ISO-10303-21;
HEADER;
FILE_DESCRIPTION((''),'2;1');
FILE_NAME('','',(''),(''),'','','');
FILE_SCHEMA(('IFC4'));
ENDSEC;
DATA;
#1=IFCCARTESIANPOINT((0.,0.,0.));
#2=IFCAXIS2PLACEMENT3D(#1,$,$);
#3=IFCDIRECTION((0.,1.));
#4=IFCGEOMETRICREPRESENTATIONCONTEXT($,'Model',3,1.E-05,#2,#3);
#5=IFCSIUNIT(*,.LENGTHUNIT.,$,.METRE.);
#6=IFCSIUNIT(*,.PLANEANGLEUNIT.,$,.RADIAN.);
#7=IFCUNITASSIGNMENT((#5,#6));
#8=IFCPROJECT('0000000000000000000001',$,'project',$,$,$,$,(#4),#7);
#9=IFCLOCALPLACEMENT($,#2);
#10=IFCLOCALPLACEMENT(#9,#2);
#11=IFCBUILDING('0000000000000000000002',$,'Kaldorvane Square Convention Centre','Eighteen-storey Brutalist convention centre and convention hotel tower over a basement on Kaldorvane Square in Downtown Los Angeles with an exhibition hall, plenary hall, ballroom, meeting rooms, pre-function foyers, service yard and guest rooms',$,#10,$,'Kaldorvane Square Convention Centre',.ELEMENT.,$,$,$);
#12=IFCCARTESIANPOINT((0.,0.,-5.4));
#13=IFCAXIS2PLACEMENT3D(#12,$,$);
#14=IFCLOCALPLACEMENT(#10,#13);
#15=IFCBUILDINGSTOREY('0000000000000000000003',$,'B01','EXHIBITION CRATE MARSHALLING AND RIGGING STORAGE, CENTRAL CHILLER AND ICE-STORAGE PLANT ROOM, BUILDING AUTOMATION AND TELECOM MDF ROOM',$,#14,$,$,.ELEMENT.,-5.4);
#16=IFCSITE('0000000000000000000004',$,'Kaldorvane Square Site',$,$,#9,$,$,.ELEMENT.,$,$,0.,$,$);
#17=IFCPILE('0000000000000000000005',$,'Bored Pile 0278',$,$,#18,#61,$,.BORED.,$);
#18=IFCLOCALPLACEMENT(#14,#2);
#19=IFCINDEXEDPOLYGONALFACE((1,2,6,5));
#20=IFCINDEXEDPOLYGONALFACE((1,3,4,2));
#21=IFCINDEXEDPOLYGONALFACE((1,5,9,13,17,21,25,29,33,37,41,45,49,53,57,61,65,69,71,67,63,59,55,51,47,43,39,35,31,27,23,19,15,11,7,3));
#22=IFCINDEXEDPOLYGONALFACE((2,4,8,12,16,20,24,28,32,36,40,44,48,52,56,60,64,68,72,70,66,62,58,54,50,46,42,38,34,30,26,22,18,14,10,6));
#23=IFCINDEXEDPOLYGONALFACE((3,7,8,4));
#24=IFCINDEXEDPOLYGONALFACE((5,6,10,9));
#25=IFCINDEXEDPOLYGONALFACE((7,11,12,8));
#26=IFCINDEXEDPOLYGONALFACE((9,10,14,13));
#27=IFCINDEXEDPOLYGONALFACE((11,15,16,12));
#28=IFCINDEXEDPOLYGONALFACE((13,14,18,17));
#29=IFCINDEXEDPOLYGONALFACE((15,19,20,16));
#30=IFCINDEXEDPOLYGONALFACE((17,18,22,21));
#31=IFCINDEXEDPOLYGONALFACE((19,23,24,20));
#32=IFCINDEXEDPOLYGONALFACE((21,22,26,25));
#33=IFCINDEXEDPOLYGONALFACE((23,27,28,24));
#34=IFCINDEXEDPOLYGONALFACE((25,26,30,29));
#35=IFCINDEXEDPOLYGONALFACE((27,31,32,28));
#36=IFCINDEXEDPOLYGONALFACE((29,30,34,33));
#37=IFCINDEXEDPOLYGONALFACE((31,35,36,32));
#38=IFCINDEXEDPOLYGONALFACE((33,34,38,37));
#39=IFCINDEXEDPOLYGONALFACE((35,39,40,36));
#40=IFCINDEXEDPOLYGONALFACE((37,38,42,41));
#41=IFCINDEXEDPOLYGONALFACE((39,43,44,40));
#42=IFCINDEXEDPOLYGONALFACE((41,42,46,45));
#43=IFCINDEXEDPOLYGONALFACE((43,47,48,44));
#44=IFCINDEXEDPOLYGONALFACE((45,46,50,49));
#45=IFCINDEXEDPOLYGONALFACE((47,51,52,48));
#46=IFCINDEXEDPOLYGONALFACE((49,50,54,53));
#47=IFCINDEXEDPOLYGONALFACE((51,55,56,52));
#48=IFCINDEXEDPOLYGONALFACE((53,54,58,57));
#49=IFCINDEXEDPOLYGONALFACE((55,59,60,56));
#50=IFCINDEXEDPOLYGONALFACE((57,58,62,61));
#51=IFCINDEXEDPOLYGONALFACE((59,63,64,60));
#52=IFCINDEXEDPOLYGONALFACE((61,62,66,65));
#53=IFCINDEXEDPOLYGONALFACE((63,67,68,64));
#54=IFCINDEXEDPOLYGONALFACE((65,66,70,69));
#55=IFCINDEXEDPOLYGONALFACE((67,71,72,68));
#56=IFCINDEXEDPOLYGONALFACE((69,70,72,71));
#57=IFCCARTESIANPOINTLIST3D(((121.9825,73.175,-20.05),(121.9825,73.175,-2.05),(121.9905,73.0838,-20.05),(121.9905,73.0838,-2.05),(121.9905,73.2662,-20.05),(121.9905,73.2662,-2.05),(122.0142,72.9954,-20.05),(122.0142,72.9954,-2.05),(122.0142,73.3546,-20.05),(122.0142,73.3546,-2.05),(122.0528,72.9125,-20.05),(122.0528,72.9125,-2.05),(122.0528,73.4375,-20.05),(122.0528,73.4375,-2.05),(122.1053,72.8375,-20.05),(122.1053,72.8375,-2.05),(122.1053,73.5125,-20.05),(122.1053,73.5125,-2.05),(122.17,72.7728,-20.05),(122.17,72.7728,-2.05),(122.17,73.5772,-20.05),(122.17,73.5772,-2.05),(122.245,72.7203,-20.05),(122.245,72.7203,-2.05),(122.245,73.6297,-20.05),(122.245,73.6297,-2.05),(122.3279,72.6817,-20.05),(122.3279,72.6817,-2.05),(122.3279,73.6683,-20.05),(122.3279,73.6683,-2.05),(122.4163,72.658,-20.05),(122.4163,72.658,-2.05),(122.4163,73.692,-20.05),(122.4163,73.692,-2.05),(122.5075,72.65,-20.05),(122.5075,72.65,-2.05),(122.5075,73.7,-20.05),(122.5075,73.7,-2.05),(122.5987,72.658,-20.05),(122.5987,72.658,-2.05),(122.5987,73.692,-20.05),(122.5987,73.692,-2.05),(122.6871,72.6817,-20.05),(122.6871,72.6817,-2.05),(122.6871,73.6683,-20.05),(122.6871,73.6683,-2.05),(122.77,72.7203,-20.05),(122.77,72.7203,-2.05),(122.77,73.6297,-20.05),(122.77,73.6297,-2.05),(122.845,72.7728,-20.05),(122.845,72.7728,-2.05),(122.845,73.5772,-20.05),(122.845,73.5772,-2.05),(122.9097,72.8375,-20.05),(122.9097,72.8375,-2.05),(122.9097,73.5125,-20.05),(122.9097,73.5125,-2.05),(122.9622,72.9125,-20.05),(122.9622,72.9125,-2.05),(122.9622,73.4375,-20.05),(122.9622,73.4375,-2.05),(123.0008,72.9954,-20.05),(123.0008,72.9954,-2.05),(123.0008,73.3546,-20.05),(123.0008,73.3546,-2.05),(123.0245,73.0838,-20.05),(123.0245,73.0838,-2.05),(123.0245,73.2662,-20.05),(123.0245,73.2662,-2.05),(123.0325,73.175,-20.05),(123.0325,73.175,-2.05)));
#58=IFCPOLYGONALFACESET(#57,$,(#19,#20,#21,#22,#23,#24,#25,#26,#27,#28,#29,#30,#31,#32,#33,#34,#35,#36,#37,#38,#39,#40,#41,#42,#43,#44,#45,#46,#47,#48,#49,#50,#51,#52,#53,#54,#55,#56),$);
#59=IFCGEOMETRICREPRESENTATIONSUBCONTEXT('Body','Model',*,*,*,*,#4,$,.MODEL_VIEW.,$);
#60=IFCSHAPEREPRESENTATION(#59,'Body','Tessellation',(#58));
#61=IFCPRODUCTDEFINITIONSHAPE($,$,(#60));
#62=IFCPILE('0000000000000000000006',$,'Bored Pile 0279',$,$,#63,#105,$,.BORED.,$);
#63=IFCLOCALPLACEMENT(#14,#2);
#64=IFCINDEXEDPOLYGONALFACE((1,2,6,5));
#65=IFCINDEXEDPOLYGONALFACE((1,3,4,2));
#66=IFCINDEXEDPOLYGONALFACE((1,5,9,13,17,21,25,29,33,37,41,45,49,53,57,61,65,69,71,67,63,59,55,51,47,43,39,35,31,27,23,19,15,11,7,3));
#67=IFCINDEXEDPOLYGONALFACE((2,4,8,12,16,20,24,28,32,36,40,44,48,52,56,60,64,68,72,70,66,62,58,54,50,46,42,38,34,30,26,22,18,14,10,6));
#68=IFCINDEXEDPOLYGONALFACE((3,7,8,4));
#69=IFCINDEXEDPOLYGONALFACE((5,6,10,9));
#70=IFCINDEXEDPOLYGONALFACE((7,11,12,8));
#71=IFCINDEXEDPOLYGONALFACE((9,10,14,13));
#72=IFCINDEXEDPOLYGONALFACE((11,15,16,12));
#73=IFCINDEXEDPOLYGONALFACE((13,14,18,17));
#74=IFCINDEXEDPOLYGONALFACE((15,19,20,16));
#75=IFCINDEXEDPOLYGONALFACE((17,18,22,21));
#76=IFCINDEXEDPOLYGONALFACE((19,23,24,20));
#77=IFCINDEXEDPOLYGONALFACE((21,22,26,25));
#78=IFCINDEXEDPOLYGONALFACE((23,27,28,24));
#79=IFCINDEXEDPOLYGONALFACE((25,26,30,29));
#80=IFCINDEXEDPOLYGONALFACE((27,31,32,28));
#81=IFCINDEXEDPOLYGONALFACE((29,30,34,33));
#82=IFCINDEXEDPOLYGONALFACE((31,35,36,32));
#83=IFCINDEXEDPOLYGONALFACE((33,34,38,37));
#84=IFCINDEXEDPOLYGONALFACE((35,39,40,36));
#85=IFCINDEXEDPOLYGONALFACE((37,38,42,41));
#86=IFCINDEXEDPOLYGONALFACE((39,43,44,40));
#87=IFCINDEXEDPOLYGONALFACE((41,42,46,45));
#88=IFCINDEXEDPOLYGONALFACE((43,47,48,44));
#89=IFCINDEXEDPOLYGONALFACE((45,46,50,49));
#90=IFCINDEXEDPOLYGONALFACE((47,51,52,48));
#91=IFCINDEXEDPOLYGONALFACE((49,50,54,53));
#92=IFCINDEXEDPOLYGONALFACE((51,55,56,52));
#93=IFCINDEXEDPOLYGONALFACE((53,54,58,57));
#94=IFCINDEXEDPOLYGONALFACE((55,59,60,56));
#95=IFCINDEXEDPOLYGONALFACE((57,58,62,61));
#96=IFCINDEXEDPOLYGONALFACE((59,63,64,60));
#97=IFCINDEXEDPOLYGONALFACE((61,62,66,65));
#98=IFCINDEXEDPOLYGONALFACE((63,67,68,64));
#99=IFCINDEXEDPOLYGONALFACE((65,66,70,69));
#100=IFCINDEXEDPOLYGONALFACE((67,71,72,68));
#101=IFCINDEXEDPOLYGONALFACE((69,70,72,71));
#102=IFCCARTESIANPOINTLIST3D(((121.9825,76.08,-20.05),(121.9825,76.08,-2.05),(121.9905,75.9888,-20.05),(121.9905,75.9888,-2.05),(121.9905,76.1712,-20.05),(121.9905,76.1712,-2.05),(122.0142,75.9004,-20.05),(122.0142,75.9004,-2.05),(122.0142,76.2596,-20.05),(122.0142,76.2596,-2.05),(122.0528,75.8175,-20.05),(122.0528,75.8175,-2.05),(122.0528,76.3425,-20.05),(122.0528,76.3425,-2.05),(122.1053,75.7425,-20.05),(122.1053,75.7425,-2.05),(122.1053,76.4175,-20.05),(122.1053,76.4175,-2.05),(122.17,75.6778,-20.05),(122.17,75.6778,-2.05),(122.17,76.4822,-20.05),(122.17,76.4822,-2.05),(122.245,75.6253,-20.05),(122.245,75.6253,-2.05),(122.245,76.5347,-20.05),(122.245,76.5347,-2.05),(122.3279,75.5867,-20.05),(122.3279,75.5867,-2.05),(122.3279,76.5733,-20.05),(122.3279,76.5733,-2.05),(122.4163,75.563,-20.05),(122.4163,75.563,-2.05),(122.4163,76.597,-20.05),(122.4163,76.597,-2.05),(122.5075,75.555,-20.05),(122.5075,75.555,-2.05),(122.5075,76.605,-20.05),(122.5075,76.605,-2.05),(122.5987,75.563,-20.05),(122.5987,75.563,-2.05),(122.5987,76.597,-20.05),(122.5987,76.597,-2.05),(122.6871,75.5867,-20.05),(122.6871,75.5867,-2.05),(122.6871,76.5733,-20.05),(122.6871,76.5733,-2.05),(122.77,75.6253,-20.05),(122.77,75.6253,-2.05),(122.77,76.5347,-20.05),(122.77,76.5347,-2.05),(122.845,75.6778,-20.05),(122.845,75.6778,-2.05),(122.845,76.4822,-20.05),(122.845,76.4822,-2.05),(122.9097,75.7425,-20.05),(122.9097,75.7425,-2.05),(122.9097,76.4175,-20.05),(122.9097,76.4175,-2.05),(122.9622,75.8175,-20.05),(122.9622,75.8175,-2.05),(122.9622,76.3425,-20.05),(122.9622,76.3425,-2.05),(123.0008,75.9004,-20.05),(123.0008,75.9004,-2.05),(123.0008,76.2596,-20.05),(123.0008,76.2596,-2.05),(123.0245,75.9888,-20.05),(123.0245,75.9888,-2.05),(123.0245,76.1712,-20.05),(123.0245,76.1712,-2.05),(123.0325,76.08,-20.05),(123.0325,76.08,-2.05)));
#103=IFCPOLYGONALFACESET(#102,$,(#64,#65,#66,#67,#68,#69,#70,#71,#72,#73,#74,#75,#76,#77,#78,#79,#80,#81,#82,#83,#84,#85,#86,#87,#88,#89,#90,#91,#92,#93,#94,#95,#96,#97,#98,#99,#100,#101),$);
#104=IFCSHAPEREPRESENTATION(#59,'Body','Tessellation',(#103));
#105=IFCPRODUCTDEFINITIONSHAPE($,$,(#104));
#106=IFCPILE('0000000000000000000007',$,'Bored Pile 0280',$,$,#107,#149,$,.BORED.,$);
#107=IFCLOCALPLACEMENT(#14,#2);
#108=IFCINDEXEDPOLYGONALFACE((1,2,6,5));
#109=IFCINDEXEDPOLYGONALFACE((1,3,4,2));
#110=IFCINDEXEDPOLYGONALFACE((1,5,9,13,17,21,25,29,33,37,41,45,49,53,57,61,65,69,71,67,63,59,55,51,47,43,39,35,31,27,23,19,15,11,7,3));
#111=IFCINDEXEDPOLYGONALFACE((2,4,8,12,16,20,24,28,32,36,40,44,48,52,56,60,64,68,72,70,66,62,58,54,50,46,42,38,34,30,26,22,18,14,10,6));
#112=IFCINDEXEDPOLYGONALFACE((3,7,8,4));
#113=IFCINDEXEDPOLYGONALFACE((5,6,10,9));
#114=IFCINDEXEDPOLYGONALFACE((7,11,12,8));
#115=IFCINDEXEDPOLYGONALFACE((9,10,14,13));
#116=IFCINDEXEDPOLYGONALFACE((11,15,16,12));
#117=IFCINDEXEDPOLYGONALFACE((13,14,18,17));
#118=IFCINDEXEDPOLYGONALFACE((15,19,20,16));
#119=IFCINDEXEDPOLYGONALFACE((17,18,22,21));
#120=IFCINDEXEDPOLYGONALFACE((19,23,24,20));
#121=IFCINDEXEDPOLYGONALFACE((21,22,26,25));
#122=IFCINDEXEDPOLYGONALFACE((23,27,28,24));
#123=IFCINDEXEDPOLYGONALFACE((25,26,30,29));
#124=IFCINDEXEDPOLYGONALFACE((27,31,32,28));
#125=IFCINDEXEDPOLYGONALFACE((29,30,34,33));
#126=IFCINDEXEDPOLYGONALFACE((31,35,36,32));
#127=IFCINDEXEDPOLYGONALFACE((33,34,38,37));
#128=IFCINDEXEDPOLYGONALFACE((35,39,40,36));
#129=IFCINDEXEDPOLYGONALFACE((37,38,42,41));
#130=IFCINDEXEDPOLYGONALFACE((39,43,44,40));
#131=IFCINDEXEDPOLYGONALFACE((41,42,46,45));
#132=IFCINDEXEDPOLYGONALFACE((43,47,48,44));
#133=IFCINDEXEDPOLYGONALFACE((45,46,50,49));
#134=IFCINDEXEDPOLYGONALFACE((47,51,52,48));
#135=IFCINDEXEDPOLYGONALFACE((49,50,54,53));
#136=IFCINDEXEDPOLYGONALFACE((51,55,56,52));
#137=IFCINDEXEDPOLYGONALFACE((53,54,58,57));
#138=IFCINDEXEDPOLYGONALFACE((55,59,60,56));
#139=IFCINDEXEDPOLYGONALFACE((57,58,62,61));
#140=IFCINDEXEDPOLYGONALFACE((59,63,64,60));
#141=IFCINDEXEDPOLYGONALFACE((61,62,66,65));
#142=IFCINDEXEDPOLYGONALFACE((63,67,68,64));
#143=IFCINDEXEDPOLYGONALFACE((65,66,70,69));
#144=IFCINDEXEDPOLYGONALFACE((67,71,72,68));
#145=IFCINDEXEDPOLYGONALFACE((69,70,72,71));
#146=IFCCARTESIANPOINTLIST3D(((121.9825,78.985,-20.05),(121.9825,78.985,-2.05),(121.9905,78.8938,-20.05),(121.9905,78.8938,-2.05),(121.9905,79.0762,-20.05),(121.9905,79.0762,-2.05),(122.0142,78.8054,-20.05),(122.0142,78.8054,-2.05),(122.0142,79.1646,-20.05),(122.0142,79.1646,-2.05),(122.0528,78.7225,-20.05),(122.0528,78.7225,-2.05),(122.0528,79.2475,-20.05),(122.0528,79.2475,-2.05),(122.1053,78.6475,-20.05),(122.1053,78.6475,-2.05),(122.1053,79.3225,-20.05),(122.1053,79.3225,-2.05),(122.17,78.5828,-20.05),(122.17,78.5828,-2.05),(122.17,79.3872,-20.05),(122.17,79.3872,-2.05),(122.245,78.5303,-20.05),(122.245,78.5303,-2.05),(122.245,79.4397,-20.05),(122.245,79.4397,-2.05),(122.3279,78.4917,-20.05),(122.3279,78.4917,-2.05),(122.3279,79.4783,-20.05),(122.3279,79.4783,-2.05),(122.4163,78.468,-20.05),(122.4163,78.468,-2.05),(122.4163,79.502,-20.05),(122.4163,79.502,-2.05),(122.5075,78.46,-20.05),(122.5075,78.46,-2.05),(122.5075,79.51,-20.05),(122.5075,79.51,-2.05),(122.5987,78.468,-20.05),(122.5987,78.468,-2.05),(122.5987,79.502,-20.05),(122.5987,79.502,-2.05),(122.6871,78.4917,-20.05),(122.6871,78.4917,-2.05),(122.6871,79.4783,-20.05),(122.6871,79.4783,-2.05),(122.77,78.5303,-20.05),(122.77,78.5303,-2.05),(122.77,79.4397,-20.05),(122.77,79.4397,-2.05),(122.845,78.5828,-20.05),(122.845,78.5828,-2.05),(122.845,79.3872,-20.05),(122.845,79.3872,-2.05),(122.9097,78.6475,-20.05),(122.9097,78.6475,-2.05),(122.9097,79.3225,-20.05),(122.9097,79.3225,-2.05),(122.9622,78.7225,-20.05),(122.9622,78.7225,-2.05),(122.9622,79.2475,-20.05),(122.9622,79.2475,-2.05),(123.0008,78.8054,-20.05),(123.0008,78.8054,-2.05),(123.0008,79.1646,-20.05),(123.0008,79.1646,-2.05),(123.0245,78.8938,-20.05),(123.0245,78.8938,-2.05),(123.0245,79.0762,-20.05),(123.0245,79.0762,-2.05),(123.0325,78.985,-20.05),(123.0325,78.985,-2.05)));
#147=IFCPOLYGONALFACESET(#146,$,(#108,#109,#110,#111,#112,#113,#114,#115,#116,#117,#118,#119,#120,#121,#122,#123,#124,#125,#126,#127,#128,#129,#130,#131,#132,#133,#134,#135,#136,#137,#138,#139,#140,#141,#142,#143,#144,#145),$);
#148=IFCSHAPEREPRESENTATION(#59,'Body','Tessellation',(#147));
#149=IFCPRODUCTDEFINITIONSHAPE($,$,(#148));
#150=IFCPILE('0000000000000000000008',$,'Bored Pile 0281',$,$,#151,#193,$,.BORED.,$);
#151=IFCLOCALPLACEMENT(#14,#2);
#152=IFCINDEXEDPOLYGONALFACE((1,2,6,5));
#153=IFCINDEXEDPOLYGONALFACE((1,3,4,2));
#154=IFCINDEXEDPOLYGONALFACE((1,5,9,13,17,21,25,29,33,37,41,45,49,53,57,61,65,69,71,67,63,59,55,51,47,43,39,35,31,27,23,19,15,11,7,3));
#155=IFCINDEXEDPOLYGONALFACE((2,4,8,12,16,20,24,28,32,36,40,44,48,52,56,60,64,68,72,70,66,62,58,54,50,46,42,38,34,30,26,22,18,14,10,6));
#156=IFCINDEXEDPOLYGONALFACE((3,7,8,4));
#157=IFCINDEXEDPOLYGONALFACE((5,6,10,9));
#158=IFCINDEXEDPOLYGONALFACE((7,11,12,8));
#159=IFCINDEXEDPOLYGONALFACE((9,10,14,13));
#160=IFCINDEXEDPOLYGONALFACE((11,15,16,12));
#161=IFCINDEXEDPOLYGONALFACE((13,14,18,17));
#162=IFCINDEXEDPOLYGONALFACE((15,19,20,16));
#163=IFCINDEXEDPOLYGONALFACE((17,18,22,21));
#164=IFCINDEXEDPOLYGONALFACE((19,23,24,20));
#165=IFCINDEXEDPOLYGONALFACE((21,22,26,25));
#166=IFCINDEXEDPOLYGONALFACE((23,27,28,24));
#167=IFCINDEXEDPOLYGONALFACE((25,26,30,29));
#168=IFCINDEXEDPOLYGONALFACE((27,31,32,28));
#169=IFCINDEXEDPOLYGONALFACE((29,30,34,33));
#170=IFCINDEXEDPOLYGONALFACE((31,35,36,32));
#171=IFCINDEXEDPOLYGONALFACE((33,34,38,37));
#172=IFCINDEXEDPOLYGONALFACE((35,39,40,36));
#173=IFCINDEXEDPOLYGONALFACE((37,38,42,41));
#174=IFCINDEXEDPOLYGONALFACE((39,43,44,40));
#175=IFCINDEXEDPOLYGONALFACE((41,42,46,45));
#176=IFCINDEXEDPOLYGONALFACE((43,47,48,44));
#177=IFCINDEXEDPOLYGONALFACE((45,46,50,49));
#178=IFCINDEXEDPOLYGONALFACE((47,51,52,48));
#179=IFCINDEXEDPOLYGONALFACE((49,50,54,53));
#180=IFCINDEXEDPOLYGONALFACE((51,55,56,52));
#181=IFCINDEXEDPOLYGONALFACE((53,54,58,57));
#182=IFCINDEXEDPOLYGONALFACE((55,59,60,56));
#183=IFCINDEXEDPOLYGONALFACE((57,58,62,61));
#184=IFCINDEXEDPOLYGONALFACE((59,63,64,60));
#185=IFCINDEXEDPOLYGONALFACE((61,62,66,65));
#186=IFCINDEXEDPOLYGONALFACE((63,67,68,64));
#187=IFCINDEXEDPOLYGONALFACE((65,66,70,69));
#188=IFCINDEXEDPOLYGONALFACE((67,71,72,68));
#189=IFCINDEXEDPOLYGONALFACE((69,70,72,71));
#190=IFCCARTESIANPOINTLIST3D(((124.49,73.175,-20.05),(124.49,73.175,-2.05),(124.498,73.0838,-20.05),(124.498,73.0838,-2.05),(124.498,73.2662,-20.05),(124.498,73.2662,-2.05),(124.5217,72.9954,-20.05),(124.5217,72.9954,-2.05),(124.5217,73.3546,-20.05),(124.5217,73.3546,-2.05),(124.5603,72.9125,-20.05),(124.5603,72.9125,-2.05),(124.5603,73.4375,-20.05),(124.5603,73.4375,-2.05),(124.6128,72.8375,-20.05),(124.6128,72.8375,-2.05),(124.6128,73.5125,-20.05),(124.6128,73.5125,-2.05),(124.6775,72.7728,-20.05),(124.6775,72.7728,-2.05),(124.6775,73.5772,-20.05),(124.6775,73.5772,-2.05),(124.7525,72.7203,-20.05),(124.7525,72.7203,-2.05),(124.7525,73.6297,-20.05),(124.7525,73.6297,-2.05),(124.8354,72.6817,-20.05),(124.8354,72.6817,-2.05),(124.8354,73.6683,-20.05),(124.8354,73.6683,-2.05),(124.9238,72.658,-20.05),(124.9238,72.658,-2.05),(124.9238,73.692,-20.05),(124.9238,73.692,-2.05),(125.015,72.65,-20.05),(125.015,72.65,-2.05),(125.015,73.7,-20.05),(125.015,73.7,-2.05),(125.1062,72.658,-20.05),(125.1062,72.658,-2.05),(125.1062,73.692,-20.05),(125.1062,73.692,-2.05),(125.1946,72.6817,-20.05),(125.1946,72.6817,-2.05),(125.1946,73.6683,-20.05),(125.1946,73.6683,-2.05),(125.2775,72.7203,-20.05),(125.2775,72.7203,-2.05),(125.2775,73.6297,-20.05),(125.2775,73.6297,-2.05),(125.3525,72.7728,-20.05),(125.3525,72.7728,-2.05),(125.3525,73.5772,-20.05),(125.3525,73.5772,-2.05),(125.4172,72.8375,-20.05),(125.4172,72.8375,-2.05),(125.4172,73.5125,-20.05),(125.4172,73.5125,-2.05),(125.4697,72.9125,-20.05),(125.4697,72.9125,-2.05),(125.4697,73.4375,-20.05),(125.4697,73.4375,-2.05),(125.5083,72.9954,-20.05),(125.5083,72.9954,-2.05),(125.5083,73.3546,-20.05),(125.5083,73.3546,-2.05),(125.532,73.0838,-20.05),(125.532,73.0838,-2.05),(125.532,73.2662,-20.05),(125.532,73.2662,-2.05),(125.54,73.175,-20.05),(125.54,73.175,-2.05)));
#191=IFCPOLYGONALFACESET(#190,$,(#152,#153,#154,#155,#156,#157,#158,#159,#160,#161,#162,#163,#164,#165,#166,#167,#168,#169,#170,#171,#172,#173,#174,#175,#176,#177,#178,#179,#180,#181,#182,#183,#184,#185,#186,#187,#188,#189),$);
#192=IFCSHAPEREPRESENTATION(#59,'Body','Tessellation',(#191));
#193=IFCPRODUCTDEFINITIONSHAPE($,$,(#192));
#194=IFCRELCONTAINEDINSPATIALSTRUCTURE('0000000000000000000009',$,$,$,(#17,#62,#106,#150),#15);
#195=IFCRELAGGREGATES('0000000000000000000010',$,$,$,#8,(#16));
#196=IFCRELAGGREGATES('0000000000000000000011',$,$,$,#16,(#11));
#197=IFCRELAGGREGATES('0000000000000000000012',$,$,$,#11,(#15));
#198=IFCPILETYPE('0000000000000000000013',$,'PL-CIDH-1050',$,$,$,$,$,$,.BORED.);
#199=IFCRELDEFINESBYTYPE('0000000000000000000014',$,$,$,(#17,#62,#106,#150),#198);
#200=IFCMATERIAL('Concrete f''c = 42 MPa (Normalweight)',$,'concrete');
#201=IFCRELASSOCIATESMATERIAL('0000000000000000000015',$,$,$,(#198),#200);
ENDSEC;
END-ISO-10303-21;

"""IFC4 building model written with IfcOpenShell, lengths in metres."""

from ifc_helpers import new_model, si_unit, direction, frame, origin, origin_2d, place, context, subcontext, project, spatial, circle, extrude, material, material_profile, profile_set, type_object, element, save


model = new_model("IFC4")

# Units and contexts
model_context = context("Model", 3, precision=1e-05, world=origin(), true_north=direction((0.0, 1.0)))
body_context = subcontext(model_context, "Body", "Model", "MODEL_VIEW")
ifc_project = project(units=[si_unit("LENGTHUNIT", "METRE"), si_unit("PLANEANGLEUNIT", "RADIAN")], contexts=[model_context])

# Site, building, storey
site_placement = place(None, origin())
site = spatial("IfcSite", under=ifc_project, at=site_placement, Name="Kaldorvane Square Site", CompositionType="ELEMENT", RefElevation=0.0)
building_placement = place(site_placement, origin())
building = spatial("IfcBuilding", under=site, at=building_placement, Name="Kaldorvane Square Convention Centre", Description="Eighteen-storey Brutalist convention centre and convention hotel tower over a basement on Kaldorvane Square in Downtown Los Angeles with an exhibition hall, plenary hall, ballroom, meeting rooms, pre-function foyers, service yard and guest rooms", LongName="Kaldorvane Square Convention Centre", CompositionType="ELEMENT")
storey_placement = place(building_placement, frame((0.0, 0.0, -5.4)))
storey = spatial("IfcBuildingStorey", under=building, at=storey_placement, Name="B01", Description="EXHIBITION CRATE MARSHALLING AND RIGGING STORAGE, CENTRAL CHILLER AND ICE-STORAGE PLANT ROOM, BUILDING AUTOMATION AND TELECOM MDF ROOM", CompositionType="ELEMENT", Elevation=-5.4)

# Shared definitions
ifc_material_1 = material(Name="Concrete f'c = 42 MPa (Normalweight)", Category="concrete")

# Piles
ifc_material_profile_1 = material_profile(ifc_material_1, circle(Radius=0.525, at=origin_2d()), Name="PILE-D1050")
ifc_profile_set_1 = profile_set([ifc_material_profile_1], Name="Concrete f'c = 42 MPa (Normalweight)")
pile_type = type_object("IfcPileType", Name="PL-CIDH-1050", PredefinedType="BORED", material=ifc_profile_set_1)
for number, where, z_axis, x_axis, name in (
    (1, (122.5075, 73.175, -2.05), (0.0, 0.0, -1.0), (1.0, 0.0, 0.0), "Bored Pile 0278"),
    (2, (122.5075, 76.08, -2.05), (0.0, 0.0, -1.0), (1.0, 0.0, 0.0), "Bored Pile 0279"),
    (3, (122.5075, 78.985, -2.05), (0.0, 0.0, -1.0), (1.0, 0.0, 0.0), "Bored Pile 0280"),
    (4, (125.015, 73.175, -2.05), (0.0, 0.0, -1.0), (1.0, 0.0, 0.0), "Bored Pile 0281"),
):
    element("IfcPile", number, at=place(storey_placement, frame(where, z_axis=z_axis, x_axis=x_axis)), inside=storey, type_object=pile_type, Name=name, PredefinedType="BORED", context=body_context, shape_type="SweptSolid", body=[
        extrude(circle(Radius=0.525, at=origin_2d()), origin(), (0.0, 0.0, 1.0), 18.0),
    ])

save(model, "model.ifc")
